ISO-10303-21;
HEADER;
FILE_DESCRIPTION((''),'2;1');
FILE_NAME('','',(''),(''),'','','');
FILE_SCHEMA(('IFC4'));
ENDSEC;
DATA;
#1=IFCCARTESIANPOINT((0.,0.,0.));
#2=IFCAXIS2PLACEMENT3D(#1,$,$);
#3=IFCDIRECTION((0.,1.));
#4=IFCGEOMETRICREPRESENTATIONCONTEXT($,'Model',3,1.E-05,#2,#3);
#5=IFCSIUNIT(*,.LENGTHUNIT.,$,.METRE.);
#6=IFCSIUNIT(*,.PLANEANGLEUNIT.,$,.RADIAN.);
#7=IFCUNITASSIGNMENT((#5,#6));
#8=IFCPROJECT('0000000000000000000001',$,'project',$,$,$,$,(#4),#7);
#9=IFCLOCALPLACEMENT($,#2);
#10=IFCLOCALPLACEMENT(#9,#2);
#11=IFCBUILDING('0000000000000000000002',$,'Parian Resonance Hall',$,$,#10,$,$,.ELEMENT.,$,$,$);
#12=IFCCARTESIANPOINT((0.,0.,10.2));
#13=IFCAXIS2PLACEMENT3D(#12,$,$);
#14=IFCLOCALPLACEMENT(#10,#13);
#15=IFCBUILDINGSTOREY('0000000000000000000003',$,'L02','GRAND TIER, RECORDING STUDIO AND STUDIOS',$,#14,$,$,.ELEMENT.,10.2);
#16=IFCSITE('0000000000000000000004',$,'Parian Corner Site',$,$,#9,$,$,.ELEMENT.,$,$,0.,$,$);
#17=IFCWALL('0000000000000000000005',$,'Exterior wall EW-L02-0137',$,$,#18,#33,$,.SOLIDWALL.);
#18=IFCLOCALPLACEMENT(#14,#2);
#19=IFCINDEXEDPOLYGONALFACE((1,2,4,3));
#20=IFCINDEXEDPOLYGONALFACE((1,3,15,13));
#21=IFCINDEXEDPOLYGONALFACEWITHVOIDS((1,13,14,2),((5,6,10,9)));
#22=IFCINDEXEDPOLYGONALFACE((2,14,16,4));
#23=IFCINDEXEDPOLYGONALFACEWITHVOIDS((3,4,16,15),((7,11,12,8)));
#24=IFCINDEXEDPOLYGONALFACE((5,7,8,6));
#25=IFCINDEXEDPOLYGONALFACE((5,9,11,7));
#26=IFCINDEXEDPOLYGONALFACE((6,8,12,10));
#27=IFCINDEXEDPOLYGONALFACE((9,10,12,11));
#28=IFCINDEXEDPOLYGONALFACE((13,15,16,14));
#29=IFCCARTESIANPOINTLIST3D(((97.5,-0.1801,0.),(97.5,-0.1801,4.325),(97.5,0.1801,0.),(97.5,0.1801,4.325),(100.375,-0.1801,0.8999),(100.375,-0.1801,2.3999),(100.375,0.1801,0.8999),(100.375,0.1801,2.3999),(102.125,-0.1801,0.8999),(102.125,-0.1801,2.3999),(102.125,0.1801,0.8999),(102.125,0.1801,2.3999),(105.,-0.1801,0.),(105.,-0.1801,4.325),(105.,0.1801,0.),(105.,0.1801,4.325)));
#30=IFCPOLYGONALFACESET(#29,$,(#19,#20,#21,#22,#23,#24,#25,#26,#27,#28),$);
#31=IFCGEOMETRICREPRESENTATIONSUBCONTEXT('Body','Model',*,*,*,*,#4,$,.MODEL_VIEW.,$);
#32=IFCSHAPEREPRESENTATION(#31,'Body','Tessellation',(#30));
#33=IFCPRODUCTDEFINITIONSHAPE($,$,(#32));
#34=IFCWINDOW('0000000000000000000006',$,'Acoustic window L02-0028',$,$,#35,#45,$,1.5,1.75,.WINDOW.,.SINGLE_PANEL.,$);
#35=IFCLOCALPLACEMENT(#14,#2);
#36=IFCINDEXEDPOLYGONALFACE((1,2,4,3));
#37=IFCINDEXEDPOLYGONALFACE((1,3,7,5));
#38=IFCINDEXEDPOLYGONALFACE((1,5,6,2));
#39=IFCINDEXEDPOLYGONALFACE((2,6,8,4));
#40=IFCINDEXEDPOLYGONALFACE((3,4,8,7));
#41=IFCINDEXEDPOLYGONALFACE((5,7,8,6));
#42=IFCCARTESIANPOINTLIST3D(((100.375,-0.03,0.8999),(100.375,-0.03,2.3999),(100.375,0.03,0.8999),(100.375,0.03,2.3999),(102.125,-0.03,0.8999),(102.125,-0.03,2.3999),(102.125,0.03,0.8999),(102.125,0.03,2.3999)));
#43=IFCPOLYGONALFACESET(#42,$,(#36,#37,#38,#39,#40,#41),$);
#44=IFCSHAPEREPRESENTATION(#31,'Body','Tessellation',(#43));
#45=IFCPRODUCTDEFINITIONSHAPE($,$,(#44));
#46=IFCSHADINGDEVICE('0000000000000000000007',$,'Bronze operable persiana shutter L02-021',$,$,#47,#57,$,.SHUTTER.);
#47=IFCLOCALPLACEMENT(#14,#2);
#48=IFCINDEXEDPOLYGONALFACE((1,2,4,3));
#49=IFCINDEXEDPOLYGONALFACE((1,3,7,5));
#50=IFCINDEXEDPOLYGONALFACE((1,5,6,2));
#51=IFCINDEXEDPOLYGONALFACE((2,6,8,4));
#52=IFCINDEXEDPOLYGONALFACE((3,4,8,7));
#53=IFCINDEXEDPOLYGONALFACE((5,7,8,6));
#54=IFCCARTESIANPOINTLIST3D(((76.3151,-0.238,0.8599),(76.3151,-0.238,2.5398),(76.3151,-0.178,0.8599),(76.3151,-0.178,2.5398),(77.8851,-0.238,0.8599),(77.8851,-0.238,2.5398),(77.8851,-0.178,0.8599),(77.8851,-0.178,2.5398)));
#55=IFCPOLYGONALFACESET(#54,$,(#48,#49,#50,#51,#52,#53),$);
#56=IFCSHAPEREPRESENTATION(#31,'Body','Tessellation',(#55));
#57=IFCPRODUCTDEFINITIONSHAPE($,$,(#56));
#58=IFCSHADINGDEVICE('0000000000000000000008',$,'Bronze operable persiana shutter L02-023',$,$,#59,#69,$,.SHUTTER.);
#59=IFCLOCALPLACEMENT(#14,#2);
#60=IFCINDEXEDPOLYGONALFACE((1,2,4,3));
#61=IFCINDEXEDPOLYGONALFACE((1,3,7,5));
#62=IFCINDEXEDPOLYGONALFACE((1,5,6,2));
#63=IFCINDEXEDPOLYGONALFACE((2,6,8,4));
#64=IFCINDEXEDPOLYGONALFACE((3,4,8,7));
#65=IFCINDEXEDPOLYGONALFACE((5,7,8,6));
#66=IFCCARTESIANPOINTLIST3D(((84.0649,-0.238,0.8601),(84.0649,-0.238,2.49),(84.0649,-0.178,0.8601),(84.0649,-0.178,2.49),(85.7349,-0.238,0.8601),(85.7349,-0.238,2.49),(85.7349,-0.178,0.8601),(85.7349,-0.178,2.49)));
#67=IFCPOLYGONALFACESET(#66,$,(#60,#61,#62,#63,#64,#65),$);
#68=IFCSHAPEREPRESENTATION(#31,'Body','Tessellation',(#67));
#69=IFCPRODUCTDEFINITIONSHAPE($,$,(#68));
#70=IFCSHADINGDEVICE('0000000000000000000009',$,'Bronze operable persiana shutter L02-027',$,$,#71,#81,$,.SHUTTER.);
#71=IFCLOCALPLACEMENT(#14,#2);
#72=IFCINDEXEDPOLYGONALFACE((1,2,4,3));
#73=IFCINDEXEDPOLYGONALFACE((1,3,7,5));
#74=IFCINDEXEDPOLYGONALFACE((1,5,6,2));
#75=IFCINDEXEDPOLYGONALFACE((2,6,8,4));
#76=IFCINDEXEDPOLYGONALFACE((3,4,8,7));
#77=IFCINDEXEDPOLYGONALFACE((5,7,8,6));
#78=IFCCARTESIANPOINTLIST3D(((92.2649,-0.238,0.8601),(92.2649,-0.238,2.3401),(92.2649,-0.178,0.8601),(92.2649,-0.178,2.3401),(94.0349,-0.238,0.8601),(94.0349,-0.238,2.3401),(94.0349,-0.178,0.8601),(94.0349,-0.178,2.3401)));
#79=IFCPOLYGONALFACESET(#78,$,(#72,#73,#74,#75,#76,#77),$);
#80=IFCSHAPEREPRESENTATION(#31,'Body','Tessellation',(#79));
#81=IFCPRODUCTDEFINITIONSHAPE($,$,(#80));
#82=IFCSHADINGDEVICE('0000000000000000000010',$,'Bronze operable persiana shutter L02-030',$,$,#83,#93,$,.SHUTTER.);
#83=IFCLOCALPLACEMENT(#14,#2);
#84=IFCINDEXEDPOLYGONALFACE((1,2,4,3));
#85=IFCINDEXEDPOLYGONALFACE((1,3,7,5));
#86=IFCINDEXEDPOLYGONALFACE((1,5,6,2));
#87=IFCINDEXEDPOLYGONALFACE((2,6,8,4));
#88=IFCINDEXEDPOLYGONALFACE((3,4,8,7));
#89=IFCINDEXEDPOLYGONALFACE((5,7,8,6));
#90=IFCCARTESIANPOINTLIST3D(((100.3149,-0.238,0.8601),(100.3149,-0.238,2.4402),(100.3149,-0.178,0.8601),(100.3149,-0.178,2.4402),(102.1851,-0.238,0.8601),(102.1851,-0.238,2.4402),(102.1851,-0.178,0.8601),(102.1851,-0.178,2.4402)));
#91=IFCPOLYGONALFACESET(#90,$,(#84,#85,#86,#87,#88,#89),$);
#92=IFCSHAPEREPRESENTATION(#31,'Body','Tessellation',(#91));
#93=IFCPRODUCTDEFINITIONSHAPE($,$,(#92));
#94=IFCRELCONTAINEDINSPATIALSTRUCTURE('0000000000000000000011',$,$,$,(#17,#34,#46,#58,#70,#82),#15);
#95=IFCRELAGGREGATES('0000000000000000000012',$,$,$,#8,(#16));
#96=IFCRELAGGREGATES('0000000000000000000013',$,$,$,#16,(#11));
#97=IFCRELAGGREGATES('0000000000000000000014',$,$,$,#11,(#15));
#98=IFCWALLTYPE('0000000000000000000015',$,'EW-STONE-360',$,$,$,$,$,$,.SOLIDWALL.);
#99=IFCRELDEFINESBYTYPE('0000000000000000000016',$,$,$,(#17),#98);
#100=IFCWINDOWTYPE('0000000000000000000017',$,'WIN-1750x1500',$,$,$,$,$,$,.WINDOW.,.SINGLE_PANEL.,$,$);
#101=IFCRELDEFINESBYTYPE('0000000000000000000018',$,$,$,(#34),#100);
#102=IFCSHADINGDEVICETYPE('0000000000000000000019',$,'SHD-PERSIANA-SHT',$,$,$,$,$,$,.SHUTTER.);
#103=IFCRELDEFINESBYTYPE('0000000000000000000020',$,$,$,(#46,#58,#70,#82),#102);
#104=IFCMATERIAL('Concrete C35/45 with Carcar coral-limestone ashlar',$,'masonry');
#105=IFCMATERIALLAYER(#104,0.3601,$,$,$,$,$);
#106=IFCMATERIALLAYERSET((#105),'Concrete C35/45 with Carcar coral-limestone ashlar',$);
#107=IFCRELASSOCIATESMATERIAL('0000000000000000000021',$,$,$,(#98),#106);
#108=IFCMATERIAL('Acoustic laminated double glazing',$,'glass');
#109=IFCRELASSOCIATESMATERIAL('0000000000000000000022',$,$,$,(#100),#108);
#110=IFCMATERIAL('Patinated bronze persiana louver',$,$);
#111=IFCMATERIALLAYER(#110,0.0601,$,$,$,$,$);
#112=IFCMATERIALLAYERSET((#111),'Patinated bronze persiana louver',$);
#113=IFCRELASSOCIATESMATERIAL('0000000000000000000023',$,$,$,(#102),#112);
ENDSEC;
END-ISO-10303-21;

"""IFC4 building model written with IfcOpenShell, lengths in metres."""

from ifc_helpers import new_model, si_unit, direction, frame, frame_2d, origin, origin_2d, place, context, subcontext, project, spatial, rectangle, extrude, material, layer, layer_set, type_object, element, fill, save


model = new_model("IFC4")

# Units and contexts
model_context = context("Model", 3, precision=1e-05, world=origin(), true_north=direction((0.0, 1.0)))
body_context = subcontext(model_context, "Body", "Model", "MODEL_VIEW")
ifc_project = project(units=[si_unit("LENGTHUNIT", "METRE"), si_unit("PLANEANGLEUNIT", "RADIAN")], contexts=[model_context])

# Site, building, storey
site_placement = place(None, origin())
site = spatial("IfcSite", under=ifc_project, at=site_placement, Name="Parian Corner Site", CompositionType="ELEMENT", RefElevation=0.0)
building_placement = place(site_placement, origin())
building = spatial("IfcBuilding", under=site, at=building_placement, Name="Parian Resonance Hall", CompositionType="ELEMENT")
storey_placement = place(building_placement, frame((0.0, 0.0, 10.2)))
storey = spatial("IfcBuildingStorey", under=building, at=storey_placement, Name="L02", Description="GRAND TIER, RECORDING STUDIO AND STUDIOS", CompositionType="ELEMENT", Elevation=10.2)

# Wall, opening, window
ifc_material_1 = material(Name="Concrete C35/45 with Carcar coral-limestone ashlar", Category="masonry")
ifc_layer_1 = layer(ifc_material_1, 0.3601)
ifc_layer_set_1 = layer_set([ifc_layer_1], Name="Concrete C35/45 with Carcar coral-limestone ashlar")
wall_type_1 = type_object("IfcWallType", Name="EW-STONE-360", PredefinedType="SOLIDWALL", material=ifc_layer_set_1)
wall_1_placement = place(storey_placement, frame((105.0, 0.0, 0.0), z_axis=(0.0, 0.0, 1.0), x_axis=(-1.0, 0.0, 0.0)))
wall_1 = element("IfcWall", 1, at=wall_1_placement, inside=storey, type_object=wall_type_1, Name="Exterior wall EW-L02-0137", PredefinedType="SOLIDWALL", context=body_context, shape_type="SweptSolid", body=[
    extrude(rectangle(XDim=7.5, YDim=0.3601, at=frame_2d((3.75, 0.0))), origin(), (0.0, 0.0, 1.0), 4.325),
])
opening_1_placement = place(wall_1_placement, frame((2.875, 0.0, 0.8999)))
opening_1 = element("IfcOpeningElement", 2, at=opening_1_placement, cuts=wall_1, PredefinedType="OPENING", context=body_context, shape_type="SweptSolid", body=[
    extrude(rectangle(XDim=1.75, YDim=1.5, at=frame_2d((0.875, 0.75))), frame((0.0, 0.1899, 0.0), z_axis=(0.0, -1.0, 0.0), x_axis=(1.0, 0.0, 0.0)), (0.0, 0.0, 1.0), 0.3801),
])
ifc_material_2 = material(Name="Acoustic laminated double glazing", Category="glass")
window_type_1 = type_object("IfcWindowType", Name="WIN-1750x1500", PartitioningType="SINGLE_PANEL", PredefinedType="WINDOW", material=ifc_material_2)
window_1_placement = place(opening_1_placement, origin())
window_1 = element("IfcWindow", 3, at=window_1_placement, inside=storey, type_object=window_type_1, Name="Acoustic window L02-0028", OverallHeight=1.5, OverallWidth=1.75, PartitioningType="SINGLE_PANEL", PredefinedType="WINDOW", context=body_context, shape_type="SweptSolid", body=[
    extrude(rectangle(XDim=1.75, YDim=1.5, at=frame_2d((0.875, 0.75))), frame((0.0, 0.03, 0.0), z_axis=(0.0, -1.0, 0.0), x_axis=(1.0, 0.0, 0.0)), (0.0, 0.0, 1.0), 0.0601),
])
fill(opening_1, window_1)

# Shading devices
ifc_material_3 = material(Name="Patinated bronze persiana louver")
ifc_layer_2 = layer(ifc_material_3, 0.0601)
ifc_layer_set_2 = layer_set([ifc_layer_2], Name="Patinated bronze persiana louver")
shading_device_type = type_object("IfcShadingDeviceType", Name="SHD-PERSIANA-SHT", PredefinedType="SHUTTER", material=ifc_layer_set_2)
shading_device_1_placement = place(storey_placement, frame((77.1001, -0.208, 0.8599), z_axis=(0.0, 0.0, 1.0), x_axis=(-1.0, 0.0, 0.0)))
element("IfcShadingDevice", 4, at=shading_device_1_placement, inside=storey, type_object=shading_device_type, Name="Bronze operable persiana shutter L02-021", PredefinedType="SHUTTER", context=body_context, shape_type="SweptSolid", body=[
    extrude(rectangle(XDim=1.5701, YDim=0.0601, at=origin_2d()), origin(), (0.0, 0.0, 1.0), 1.6799),
])
shading_device_2_placement = place(storey_placement, frame((84.8999, -0.208, 0.8601), z_axis=(0.0, 0.0, 1.0), x_axis=(-1.0, 0.0, 0.0)))
element("IfcShadingDevice", 5, at=shading_device_2_placement, inside=storey, type_object=shading_device_type, Name="Bronze operable persiana shutter L02-023", PredefinedType="SHUTTER", context=body_context, shape_type="SweptSolid", body=[
    extrude(rectangle(XDim=1.6699, YDim=0.0601, at=origin_2d()), origin(), (0.0, 0.0, 1.0), 1.6299),
])
shading_device_3_placement = place(storey_placement, frame((93.1499, -0.208, 0.8601), z_axis=(0.0, 0.0, 1.0), x_axis=(-1.0, 0.0, 0.0)))
element("IfcShadingDevice", 6, at=shading_device_3_placement, inside=storey, type_object=shading_device_type, Name="Bronze operable persiana shutter L02-027", PredefinedType="SHUTTER", context=body_context, shape_type="SweptSolid", body=[
    extrude(rectangle(XDim=1.77, YDim=0.0601, at=origin_2d()), origin(), (0.0, 0.0, 1.0), 1.48),
])
shading_device_4_placement = place(storey_placement, frame((101.25, -0.208, 0.8601), z_axis=(0.0, 0.0, 1.0), x_axis=(-1.0, 0.0, 0.0)))
element("IfcShadingDevice", 7, at=shading_device_4_placement, inside=storey, type_object=shading_device_type, Name="Bronze operable persiana shutter L02-030", PredefinedType="SHUTTER", context=body_context, shape_type="SweptSolid", body=[
    extrude(rectangle(XDim=1.8701, YDim=0.0601, at=origin_2d()), origin(), (0.0, 0.0, 1.0), 1.5801),
])

save(model, "model.ifc")
